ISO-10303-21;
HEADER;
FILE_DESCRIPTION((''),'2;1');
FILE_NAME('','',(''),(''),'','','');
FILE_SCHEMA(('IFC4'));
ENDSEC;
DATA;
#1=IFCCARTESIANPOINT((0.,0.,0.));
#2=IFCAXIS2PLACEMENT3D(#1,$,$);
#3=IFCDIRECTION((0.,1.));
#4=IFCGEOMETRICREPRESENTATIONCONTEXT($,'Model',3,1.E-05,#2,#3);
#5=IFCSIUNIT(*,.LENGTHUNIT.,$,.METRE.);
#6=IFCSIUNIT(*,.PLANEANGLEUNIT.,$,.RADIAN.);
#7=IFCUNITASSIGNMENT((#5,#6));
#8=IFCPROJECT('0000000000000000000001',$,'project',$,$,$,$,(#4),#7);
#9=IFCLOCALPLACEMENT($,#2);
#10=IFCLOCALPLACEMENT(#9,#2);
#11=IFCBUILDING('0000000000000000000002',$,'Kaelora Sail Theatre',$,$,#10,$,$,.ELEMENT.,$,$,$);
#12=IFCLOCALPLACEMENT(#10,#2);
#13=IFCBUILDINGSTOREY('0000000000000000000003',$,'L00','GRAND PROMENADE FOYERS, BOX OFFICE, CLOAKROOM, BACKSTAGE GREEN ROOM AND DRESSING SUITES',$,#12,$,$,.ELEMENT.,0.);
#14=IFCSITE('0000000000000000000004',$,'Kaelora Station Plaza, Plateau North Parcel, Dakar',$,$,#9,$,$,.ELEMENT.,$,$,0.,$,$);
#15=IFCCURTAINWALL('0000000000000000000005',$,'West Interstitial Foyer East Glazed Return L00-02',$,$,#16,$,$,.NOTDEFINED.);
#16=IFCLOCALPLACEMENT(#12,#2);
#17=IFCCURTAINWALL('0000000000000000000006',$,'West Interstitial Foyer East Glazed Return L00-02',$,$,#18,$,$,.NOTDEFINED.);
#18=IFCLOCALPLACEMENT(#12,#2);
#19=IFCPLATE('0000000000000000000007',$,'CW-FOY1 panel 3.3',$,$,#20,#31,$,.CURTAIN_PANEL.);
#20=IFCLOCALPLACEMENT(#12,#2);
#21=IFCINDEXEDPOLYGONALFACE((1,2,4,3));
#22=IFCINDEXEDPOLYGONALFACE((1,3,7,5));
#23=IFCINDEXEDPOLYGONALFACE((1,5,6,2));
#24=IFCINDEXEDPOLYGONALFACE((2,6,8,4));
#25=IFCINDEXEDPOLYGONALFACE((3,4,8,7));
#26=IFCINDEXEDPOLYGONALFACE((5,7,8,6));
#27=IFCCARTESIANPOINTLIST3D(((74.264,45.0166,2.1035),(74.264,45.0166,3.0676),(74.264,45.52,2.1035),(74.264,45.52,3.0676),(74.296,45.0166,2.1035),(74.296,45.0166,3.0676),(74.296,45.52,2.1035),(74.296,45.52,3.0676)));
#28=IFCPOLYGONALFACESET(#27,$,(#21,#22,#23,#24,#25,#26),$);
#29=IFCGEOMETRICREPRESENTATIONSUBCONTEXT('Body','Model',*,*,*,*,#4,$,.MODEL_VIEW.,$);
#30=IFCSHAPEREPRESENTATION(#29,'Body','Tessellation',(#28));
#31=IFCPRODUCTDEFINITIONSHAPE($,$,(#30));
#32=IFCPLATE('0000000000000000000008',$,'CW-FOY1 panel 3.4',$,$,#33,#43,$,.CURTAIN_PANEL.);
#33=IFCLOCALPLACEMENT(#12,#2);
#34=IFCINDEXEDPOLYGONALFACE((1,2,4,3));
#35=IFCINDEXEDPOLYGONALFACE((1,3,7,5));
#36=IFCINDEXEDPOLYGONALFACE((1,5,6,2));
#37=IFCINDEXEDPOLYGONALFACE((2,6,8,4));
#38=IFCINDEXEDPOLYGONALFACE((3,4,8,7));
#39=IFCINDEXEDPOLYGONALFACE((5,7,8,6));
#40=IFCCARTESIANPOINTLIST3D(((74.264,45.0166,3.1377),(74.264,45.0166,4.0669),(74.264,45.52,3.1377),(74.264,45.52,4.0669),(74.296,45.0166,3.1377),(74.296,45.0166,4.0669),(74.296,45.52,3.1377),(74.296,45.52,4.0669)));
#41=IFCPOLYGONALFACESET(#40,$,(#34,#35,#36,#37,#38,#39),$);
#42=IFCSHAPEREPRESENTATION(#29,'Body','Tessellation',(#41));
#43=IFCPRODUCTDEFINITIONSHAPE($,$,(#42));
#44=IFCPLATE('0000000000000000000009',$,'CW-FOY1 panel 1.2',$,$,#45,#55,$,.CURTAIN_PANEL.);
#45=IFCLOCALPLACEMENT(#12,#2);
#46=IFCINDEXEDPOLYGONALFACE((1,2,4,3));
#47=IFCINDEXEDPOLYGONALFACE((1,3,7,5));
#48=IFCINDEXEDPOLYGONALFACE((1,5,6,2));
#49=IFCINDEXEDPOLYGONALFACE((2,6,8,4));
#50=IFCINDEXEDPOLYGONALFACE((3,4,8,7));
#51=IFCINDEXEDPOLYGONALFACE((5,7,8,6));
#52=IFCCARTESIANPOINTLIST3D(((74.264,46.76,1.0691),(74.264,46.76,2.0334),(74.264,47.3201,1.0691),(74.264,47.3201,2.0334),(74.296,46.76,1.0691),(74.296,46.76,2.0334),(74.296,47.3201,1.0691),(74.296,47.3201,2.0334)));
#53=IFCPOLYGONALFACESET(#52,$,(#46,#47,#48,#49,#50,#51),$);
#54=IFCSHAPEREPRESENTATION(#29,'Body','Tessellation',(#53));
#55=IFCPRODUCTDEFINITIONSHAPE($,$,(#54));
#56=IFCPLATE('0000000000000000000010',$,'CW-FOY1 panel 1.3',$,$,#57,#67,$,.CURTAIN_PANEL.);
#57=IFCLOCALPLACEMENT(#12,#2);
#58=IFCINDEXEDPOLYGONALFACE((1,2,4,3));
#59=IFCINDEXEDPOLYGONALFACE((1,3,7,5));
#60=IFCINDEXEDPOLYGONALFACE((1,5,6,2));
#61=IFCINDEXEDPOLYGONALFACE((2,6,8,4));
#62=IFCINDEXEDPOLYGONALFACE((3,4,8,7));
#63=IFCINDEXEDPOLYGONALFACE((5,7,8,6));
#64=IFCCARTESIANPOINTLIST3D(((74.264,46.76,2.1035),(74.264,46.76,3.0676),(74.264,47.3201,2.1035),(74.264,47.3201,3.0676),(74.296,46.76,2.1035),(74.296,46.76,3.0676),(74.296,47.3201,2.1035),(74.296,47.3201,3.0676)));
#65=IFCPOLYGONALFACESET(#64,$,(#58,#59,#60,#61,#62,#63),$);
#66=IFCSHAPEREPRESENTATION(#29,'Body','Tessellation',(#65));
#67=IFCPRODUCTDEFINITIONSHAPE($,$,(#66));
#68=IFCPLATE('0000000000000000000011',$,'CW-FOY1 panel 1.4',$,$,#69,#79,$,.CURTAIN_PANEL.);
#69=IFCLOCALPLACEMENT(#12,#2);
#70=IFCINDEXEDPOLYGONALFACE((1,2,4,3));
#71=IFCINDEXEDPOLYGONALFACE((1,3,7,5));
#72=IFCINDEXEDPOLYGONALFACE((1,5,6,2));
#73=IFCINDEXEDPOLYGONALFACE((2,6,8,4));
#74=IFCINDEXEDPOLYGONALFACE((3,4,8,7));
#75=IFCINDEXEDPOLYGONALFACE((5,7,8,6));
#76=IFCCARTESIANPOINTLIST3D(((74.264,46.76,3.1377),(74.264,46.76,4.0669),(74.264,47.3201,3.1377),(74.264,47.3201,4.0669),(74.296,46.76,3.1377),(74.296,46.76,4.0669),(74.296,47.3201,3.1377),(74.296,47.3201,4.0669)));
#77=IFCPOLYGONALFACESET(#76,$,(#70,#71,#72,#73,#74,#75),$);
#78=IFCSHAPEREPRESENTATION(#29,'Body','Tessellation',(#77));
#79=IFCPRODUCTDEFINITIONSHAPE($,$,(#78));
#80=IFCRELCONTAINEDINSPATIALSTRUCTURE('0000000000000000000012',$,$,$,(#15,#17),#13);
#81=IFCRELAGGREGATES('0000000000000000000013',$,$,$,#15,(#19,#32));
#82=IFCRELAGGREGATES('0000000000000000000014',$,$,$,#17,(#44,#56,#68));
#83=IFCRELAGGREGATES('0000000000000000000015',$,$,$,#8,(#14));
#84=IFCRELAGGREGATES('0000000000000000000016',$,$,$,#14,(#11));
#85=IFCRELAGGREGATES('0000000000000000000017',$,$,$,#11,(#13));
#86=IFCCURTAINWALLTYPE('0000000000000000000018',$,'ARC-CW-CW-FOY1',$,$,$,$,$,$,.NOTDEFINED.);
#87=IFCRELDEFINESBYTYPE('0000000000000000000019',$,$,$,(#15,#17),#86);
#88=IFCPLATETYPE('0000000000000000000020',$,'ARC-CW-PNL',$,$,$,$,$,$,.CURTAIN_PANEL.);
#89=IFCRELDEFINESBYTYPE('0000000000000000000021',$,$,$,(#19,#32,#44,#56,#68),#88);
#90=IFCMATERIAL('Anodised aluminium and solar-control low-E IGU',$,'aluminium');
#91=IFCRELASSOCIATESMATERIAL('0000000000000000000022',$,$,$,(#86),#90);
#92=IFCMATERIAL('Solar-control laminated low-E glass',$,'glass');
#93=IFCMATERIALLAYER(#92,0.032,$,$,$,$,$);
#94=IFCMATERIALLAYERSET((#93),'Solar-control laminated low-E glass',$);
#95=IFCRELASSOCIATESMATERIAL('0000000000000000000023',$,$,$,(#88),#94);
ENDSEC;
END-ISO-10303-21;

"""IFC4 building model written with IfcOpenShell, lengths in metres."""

from ifc_helpers import new_model, si_unit, direction, frame, origin, origin_2d, place, context, subcontext, project, spatial, rectangle, extrude, material, layer, layer_set, type_object, element, aggregate, save


model = new_model("IFC4")

# Units and contexts
model_context = context("Model", 3, precision=1e-05, world=origin(), true_north=direction((0.0, 1.0)))
body_context = subcontext(model_context, "Body", "Model", "MODEL_VIEW")
ifc_project = project(units=[si_unit("LENGTHUNIT", "METRE"), si_unit("PLANEANGLEUNIT", "RADIAN")], contexts=[model_context])

# Site, building, storey
site_placement = place(None, origin())
site = spatial("IfcSite", under=ifc_project, at=site_placement, Name="Kaelora Station Plaza, Plateau North Parcel, Dakar", CompositionType="ELEMENT", RefElevation=0.0)
building_placement = place(site_placement, origin())
building = spatial("IfcBuilding", under=site, at=building_placement, Name="Kaelora Sail Theatre", CompositionType="ELEMENT")
storey_placement = place(building_placement, origin())
storey = spatial("IfcBuildingStorey", under=building, at=storey_placement, Name="L00", Description="GRAND PROMENADE FOYERS, BOX OFFICE, CLOAKROOM, BACKSTAGE GREEN ROOM AND DRESSING SUITES", CompositionType="ELEMENT", Elevation=0.0)

# Curtain walls
ifc_material_1 = material(Name="Anodised aluminium and solar-control low-E IGU", Category="aluminium")
curtain_wall_type = type_object("IfcCurtainWallType", Name="ARC-CW-CW-FOY1", PredefinedType="NOTDEFINED", material=ifc_material_1)
curtain_wall_1_placement = place(storey_placement, origin())
curtain_wall_1 = element("IfcCurtainWall", 1, at=curtain_wall_1_placement, inside=storey, type_object=curtain_wall_type, Name="West Interstitial Foyer East Glazed Return L00-02", PredefinedType="NOTDEFINED")
curtain_wall_2_placement = place(storey_placement, origin())
curtain_wall_2 = element("IfcCurtainWall", 2, at=curtain_wall_2_placement, inside=storey, type_object=curtain_wall_type, Name="West Interstitial Foyer East Glazed Return L00-02", PredefinedType="NOTDEFINED")

# Plates
ifc_material_2 = material(Name="Solar-control laminated low-E glass", Category="glass")
ifc_layer = layer(ifc_material_2, 0.032)
ifc_layer_set = layer_set([ifc_layer], Name="Solar-control laminated low-E glass")
plate_type = type_object("IfcPlateType", Name="ARC-CW-PNL", PredefinedType="CURTAIN_PANEL", material=ifc_layer_set)
plate_1_placement = place(storey_placement, frame((74.28, 45.2683, 2.1035), z_axis=(0.0, 0.0, 1.0), x_axis=(0.0, 1.0, 0.0)))
plate_1 = element("IfcPlate", 3, at=plate_1_placement, type_object=plate_type, Name="CW-FOY1 panel 3.3", PredefinedType="CURTAIN_PANEL", context=body_context, shape_type="SweptSolid", body=[
    extrude(rectangle(XDim=0.5034, YDim=0.032, at=origin_2d()), origin(), (0.0, 0.0, 1.0), 0.9641),
])
plate_2_placement = place(storey_placement, frame((74.28, 45.2683, 3.1377), z_axis=(0.0, 0.0, 1.0), x_axis=(0.0, 1.0, 0.0)))
plate_2 = element("IfcPlate", 4, at=plate_2_placement, type_object=plate_type, Name="CW-FOY1 panel 3.4", PredefinedType="CURTAIN_PANEL", context=body_context, shape_type="SweptSolid", body=[
    extrude(rectangle(XDim=0.5034, YDim=0.032, at=origin_2d()), origin(), (0.0, 0.0, 1.0), 0.9292),
])
aggregate(curtain_wall_1, [plate_1, plate_2])
plate_3_placement = place(storey_placement, frame((74.28, 47.04, 1.0691), z_axis=(0.0, 0.0, 1.0), x_axis=(0.0, 1.0, 0.0)))
plate_3 = element("IfcPlate", 5, at=plate_3_placement, type_object=plate_type, Name="CW-FOY1 panel 1.2", PredefinedType="CURTAIN_PANEL", context=body_context, shape_type="SweptSolid", body=[
    extrude(rectangle(XDim=0.5601, YDim=0.032, at=origin_2d()), origin(), (0.0, 0.0, 1.0), 0.9644),
])
plate_4_placement = place(storey_placement, frame((74.28, 47.04, 2.1035), z_axis=(0.0, 0.0, 1.0), x_axis=(0.0, 1.0, 0.0)))
plate_4 = element("IfcPlate", 6, at=plate_4_placement, type_object=plate_type, Name="CW-FOY1 panel 1.3", PredefinedType="CURTAIN_PANEL", context=body_context, shape_type="SweptSolid", body=[
    extrude(rectangle(XDim=0.5601, YDim=0.032, at=origin_2d()), origin(), (0.0, 0.0, 1.0), 0.9641),
])
plate_5_placement = place(storey_placement, frame((74.28, 47.04, 3.1377), z_axis=(0.0, 0.0, 1.0), x_axis=(0.0, 1.0, 0.0)))
plate_5 = element("IfcPlate", 7, at=plate_5_placement, type_object=plate_type, Name="CW-FOY1 panel 1.4", PredefinedType="CURTAIN_PANEL", context=body_context, shape_type="SweptSolid", body=[
    extrude(rectangle(XDim=0.5601, YDim=0.032, at=origin_2d()), origin(), (0.0, 0.0, 1.0), 0.9292),
])
aggregate(curtain_wall_2, [plate_3, plate_4, plate_5])

save(model, "model.ifc")
